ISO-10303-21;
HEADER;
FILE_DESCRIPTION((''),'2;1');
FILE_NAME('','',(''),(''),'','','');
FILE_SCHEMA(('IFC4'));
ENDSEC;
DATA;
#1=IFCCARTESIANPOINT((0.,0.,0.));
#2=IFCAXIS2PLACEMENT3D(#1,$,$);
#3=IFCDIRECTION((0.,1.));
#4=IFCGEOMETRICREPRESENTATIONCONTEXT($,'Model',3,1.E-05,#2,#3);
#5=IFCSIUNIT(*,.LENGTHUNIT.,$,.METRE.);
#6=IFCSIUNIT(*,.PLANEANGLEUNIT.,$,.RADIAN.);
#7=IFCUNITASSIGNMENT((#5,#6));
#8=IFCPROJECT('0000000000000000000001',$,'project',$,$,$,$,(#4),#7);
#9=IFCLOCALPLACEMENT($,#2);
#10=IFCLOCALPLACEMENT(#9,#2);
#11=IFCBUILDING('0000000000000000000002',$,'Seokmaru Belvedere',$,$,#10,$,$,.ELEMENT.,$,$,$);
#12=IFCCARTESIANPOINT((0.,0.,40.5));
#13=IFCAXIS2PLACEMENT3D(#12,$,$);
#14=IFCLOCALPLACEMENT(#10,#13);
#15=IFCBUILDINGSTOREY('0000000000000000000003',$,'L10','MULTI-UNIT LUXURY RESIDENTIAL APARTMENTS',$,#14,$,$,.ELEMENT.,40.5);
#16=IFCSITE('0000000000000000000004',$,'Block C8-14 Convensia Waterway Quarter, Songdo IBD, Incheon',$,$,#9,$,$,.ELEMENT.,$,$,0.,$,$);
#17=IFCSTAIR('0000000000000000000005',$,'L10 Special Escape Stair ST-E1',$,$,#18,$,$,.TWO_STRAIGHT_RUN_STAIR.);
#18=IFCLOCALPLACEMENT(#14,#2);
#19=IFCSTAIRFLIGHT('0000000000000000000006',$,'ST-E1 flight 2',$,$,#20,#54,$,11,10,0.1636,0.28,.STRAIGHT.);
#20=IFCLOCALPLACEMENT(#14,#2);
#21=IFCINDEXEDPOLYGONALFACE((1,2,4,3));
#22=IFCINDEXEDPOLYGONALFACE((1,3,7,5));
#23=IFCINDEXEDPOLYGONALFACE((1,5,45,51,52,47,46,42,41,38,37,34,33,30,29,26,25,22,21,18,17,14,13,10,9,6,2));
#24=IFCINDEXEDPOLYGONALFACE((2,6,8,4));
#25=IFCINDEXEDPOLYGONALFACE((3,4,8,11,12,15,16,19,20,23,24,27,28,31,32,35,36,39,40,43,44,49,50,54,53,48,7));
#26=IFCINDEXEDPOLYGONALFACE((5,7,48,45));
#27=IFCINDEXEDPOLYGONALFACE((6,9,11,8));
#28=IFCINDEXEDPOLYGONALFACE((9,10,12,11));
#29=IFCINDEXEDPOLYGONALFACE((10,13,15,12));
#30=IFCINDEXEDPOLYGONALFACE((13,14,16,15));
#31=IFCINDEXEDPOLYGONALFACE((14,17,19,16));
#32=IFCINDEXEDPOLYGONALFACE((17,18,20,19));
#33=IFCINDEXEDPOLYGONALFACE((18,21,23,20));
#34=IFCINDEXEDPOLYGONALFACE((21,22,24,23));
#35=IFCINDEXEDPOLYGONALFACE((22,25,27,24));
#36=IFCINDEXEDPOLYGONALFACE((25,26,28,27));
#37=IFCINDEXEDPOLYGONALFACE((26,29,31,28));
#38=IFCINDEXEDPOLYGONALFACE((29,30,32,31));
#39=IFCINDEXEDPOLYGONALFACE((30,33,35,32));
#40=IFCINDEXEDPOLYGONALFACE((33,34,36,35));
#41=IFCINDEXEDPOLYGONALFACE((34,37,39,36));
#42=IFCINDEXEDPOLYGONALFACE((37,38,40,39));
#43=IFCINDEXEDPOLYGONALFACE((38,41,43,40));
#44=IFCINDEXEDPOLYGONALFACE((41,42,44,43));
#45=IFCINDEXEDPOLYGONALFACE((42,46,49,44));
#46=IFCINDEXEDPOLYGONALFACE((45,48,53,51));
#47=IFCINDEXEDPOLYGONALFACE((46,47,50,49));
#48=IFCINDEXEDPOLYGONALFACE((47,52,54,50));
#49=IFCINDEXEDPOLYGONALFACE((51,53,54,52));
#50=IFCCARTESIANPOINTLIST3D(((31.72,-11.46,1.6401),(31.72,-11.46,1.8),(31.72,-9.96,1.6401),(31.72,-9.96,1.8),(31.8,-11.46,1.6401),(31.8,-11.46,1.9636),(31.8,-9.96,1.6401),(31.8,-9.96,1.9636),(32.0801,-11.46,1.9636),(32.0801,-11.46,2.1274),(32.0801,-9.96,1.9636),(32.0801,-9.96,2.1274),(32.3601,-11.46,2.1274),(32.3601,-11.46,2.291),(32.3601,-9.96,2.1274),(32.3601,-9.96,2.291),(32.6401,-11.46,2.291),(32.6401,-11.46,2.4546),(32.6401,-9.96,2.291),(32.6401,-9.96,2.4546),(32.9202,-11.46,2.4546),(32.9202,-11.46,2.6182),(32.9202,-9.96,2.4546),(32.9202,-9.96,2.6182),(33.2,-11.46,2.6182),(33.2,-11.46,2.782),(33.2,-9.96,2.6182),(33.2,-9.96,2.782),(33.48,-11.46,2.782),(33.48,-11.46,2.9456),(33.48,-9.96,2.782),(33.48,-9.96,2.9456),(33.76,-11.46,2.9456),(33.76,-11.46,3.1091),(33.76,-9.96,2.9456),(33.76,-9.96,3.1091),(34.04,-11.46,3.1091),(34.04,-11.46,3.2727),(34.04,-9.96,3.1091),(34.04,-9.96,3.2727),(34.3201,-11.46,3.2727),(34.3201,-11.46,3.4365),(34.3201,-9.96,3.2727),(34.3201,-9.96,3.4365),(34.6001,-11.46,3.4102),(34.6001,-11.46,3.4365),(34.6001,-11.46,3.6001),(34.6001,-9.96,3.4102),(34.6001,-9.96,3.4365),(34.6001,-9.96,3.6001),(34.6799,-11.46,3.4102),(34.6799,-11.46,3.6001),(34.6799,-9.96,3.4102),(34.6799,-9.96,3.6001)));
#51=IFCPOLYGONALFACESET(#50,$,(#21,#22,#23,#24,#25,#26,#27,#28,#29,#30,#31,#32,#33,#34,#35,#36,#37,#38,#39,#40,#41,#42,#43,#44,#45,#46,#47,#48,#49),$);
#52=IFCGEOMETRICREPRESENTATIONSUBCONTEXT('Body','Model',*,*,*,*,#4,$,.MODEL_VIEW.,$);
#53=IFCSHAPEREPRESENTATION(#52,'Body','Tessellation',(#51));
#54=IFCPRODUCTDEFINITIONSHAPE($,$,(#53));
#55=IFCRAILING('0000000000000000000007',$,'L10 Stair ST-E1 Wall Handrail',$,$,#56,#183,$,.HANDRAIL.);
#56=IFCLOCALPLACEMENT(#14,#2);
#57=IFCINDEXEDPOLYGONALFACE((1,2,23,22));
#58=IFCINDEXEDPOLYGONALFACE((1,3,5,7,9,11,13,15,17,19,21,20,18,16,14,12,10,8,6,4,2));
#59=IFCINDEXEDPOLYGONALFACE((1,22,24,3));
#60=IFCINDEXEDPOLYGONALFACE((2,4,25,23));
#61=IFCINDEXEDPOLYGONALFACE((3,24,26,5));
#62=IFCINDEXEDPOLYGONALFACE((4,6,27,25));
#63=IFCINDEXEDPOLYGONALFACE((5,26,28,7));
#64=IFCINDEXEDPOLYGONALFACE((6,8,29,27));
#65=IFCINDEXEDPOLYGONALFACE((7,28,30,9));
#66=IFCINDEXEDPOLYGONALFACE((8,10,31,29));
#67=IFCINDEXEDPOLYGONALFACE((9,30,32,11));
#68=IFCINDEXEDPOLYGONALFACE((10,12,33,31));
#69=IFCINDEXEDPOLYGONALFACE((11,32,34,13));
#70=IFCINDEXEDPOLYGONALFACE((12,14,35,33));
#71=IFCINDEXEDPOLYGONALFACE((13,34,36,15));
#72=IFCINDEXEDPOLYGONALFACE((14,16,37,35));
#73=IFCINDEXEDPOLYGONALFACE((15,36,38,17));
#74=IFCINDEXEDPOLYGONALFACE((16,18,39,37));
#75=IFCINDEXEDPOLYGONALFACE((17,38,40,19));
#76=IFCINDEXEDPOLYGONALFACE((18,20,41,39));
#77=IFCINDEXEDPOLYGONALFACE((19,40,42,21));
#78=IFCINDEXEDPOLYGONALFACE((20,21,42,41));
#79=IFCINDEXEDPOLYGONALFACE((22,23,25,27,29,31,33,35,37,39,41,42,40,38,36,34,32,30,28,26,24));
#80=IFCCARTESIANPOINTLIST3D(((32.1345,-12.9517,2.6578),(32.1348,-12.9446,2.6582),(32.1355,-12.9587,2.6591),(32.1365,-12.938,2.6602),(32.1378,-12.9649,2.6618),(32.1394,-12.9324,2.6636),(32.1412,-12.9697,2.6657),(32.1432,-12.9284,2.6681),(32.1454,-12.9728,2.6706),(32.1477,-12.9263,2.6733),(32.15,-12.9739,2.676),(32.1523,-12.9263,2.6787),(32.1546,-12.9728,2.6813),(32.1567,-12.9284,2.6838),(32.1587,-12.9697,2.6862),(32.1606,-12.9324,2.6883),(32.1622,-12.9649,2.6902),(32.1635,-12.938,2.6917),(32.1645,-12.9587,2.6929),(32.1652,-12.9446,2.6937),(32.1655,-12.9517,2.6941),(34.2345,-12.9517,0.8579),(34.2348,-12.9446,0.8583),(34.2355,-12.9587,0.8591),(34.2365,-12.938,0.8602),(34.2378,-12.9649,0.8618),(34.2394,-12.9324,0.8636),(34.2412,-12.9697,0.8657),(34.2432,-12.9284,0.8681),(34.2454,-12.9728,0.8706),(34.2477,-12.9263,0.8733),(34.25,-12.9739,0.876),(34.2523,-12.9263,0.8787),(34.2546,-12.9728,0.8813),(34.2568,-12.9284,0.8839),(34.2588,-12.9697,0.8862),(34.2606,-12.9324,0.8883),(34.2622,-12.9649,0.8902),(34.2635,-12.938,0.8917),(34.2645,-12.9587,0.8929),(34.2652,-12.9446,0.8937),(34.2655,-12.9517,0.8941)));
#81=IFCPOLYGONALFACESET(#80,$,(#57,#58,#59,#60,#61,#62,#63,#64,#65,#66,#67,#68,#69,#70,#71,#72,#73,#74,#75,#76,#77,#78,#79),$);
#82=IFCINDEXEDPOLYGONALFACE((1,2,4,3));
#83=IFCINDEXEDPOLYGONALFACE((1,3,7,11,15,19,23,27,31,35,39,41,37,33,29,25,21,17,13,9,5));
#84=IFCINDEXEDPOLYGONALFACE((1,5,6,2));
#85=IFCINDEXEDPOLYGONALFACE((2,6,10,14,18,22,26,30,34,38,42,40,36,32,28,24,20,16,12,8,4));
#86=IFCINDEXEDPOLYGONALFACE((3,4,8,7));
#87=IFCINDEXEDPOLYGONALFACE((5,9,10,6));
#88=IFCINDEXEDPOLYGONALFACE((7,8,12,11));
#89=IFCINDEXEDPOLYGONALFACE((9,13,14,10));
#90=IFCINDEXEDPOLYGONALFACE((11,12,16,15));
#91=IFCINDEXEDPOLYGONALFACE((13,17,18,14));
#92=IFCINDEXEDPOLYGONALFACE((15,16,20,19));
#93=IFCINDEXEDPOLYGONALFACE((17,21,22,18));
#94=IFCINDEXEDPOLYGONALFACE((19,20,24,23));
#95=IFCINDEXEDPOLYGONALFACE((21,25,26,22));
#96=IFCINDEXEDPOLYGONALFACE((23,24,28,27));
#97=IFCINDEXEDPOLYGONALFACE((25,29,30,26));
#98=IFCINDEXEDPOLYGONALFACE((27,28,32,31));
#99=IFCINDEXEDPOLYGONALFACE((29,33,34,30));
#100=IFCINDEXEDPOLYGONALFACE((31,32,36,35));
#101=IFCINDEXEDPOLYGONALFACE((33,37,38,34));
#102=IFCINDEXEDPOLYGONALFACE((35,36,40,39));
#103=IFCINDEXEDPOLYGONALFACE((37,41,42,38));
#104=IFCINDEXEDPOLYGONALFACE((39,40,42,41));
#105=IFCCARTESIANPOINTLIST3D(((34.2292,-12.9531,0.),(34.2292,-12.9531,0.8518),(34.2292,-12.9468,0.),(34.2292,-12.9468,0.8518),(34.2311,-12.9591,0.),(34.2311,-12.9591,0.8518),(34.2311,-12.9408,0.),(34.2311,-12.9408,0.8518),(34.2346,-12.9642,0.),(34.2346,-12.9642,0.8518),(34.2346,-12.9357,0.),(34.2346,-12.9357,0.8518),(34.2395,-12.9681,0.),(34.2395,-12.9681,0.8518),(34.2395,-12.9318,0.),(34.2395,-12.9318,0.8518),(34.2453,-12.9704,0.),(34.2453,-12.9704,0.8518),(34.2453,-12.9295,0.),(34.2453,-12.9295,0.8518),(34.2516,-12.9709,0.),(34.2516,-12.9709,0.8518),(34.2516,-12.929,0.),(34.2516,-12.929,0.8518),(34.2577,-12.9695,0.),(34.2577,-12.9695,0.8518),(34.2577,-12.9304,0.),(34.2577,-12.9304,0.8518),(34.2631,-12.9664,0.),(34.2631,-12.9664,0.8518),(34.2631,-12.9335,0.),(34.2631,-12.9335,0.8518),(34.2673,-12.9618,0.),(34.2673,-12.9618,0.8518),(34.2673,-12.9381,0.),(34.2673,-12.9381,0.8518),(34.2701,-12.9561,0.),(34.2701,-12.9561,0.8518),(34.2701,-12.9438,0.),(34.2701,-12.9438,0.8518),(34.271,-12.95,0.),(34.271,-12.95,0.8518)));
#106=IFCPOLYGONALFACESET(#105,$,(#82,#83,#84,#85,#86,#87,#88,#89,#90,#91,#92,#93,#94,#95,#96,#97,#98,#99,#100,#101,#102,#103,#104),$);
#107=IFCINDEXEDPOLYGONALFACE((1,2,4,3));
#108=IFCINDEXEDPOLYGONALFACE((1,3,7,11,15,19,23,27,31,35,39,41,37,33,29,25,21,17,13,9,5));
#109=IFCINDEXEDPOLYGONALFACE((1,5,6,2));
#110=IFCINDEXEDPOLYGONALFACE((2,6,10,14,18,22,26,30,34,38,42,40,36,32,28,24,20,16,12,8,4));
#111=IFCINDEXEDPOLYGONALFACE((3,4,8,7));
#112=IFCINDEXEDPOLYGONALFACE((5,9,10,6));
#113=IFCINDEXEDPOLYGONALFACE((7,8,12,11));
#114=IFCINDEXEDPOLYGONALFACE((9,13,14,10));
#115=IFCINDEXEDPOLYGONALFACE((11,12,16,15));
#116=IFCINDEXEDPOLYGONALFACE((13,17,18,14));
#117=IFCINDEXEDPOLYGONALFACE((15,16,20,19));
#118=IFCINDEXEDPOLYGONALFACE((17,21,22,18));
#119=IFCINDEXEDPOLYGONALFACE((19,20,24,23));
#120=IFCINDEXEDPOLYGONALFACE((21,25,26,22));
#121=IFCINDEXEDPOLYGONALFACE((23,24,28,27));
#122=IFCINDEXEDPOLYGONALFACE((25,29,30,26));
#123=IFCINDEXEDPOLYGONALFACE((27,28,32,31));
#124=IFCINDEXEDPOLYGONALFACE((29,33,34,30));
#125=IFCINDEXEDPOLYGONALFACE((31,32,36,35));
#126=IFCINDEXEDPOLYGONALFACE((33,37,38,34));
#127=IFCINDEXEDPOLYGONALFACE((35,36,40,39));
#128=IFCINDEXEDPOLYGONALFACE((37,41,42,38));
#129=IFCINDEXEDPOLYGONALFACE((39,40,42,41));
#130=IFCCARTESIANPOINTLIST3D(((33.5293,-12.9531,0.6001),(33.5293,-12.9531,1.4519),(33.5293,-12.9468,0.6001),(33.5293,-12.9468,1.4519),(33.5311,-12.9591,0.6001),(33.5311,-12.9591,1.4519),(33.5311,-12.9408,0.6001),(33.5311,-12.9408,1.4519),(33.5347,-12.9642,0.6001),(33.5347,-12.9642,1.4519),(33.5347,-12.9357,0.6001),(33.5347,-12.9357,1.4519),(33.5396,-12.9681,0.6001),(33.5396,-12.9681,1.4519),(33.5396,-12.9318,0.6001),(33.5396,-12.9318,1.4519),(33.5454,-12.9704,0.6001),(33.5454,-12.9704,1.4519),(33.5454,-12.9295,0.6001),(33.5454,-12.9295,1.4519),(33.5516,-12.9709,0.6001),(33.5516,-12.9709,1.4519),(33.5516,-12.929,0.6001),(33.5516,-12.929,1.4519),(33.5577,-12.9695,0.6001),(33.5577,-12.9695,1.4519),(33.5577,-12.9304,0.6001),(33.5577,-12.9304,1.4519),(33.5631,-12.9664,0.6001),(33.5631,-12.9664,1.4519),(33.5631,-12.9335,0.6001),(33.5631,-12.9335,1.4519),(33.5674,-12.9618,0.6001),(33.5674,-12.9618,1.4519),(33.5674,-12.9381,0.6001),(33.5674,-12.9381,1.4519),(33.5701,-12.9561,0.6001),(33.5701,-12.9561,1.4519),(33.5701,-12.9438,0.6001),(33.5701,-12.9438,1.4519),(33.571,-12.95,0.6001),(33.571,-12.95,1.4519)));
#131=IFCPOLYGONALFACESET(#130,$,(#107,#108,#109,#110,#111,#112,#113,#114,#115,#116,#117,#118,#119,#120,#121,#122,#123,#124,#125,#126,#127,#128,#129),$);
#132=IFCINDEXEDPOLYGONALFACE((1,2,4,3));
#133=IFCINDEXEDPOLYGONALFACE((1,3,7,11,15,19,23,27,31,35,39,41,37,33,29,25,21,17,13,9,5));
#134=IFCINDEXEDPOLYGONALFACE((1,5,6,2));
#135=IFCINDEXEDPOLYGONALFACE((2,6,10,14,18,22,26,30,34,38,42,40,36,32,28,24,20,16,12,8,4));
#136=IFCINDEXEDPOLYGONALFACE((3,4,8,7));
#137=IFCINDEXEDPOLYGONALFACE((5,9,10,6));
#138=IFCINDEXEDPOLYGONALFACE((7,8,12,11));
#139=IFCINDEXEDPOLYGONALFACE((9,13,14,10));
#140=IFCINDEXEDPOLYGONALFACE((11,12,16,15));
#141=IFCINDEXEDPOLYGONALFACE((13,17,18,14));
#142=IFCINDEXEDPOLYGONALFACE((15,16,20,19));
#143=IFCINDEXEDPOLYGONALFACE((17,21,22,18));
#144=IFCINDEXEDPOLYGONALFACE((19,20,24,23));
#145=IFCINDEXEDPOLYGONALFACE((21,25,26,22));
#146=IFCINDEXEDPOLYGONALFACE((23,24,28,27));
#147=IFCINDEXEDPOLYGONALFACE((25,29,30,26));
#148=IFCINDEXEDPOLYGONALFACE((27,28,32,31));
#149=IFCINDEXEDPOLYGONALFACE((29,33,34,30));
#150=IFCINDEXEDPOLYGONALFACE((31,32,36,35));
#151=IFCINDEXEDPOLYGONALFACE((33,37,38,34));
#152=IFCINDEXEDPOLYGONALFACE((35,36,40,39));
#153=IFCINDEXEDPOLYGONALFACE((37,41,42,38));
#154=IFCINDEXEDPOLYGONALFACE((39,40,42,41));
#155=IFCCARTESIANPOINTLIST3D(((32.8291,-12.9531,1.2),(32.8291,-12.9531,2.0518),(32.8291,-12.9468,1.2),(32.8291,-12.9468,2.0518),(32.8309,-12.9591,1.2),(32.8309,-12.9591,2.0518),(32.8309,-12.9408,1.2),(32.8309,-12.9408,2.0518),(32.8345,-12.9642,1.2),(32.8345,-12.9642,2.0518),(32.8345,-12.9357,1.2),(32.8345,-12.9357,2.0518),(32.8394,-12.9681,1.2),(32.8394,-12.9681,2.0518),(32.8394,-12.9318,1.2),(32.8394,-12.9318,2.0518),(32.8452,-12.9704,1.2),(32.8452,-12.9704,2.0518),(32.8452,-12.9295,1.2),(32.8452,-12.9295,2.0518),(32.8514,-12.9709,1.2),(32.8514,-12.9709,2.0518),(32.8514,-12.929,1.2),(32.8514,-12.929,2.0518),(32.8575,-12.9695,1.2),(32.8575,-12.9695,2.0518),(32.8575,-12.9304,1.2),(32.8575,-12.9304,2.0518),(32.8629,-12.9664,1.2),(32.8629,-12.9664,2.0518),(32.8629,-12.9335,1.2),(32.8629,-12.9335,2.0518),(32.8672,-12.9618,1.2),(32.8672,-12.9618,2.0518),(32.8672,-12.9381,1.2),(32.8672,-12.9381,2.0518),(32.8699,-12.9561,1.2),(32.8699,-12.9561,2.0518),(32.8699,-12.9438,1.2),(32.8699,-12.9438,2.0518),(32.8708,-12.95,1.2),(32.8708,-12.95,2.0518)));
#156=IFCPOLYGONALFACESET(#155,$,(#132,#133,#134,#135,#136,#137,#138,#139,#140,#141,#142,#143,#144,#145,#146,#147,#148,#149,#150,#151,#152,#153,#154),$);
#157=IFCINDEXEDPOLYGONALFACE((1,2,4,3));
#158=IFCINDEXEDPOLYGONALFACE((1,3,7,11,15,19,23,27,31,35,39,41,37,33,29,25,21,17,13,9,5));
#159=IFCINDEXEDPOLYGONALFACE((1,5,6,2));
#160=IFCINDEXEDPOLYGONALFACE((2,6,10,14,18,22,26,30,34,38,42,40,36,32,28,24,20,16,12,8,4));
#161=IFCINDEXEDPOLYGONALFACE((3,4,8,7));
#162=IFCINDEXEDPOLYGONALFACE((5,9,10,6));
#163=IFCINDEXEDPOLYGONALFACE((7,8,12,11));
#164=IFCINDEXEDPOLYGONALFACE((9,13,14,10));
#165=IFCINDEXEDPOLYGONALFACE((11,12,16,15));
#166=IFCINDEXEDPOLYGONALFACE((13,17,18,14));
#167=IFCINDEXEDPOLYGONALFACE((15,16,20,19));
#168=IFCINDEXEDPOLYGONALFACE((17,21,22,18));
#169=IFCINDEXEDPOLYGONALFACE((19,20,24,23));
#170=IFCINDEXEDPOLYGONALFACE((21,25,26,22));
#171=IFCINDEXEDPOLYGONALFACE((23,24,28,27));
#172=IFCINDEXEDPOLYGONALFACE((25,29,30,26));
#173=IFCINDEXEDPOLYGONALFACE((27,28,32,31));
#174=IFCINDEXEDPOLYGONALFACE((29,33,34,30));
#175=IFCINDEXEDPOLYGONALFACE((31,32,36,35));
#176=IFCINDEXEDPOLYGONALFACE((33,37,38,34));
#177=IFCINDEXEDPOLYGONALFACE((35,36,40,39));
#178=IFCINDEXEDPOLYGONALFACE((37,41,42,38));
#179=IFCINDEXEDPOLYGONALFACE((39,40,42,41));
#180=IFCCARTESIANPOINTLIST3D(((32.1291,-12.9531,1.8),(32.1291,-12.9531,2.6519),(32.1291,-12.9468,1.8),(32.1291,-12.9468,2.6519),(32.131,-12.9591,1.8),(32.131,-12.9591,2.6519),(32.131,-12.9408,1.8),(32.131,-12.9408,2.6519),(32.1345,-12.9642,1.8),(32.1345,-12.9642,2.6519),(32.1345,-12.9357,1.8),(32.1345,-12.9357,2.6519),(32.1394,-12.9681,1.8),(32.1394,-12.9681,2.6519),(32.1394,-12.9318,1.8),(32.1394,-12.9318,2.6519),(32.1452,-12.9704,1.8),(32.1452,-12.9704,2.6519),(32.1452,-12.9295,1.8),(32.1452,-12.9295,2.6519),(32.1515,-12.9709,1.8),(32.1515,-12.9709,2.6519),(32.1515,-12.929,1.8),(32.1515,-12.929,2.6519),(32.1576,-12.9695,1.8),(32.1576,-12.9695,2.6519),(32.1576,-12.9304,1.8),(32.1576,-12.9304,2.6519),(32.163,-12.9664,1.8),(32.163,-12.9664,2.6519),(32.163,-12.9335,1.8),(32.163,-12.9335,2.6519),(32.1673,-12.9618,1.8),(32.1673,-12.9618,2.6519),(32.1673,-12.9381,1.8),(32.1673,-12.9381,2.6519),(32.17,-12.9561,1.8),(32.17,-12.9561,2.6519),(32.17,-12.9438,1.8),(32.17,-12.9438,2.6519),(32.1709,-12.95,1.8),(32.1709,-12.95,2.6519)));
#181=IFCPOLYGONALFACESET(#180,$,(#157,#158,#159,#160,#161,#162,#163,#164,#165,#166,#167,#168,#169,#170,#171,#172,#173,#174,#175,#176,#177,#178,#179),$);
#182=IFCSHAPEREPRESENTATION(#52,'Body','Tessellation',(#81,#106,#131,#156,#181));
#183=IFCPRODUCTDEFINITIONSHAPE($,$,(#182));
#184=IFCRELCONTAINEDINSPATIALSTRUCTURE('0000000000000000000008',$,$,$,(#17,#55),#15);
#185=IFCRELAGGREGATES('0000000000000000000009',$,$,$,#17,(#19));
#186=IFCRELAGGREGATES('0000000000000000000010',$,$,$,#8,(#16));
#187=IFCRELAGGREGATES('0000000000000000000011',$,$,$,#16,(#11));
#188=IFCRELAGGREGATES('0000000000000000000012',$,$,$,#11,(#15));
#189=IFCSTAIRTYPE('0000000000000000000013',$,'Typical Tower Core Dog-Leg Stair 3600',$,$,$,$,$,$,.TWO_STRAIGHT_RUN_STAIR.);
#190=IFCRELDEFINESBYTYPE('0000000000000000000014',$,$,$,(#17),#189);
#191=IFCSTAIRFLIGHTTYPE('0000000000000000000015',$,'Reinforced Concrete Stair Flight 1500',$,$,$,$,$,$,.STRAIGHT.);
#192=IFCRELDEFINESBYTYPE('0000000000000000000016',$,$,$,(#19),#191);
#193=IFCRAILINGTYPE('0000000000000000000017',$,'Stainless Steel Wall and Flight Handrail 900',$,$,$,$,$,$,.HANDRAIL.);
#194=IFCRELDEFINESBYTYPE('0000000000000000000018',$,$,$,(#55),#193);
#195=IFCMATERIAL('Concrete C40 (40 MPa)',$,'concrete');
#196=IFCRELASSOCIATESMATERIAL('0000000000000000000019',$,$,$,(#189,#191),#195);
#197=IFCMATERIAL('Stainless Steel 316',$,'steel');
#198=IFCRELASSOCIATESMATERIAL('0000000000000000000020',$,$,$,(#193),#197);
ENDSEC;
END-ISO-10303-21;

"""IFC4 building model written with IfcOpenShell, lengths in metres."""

from ifc_helpers import new_model, si_unit, direction, frame, origin, origin_2d, place, context, subcontext, project, spatial, polyline, circle, outline, extrude, material, type_object, element, aggregate, save


model = new_model("IFC4")

# Units and contexts
model_context = context("Model", 3, precision=1e-05, world=origin(), true_north=direction((0.0, 1.0)))
body_context = subcontext(model_context, "Body", "Model", "MODEL_VIEW")
ifc_project = project(units=[si_unit("LENGTHUNIT", "METRE"), si_unit("PLANEANGLEUNIT", "RADIAN")], contexts=[model_context])

# Site, building, storey
site_placement = place(None, origin())
site = spatial("IfcSite", under=ifc_project, at=site_placement, Name="Block C8-14 Convensia Waterway Quarter, Songdo IBD, Incheon", CompositionType="ELEMENT", RefElevation=0.0)
building_placement = place(site_placement, origin())
building = spatial("IfcBuilding", under=site, at=building_placement, Name="Seokmaru Belvedere", CompositionType="ELEMENT")
storey_placement = place(building_placement, frame((0.0, 0.0, 40.5)))
storey = spatial("IfcBuildingStorey", under=building, at=storey_placement, Name="L10", Description="MULTI-UNIT LUXURY RESIDENTIAL APARTMENTS", CompositionType="ELEMENT", Elevation=40.5)

# Shared definitions
ifc_material_1 = material(Name="Stainless Steel 316", Category="steel")

# Stair, stair flight
ifc_material_2 = material(Name="Concrete C40 (40 MPa)", Category="concrete")
stair_type = type_object("IfcStairType", Name="Typical Tower Core Dog-Leg Stair 3600", PredefinedType="TWO_STRAIGHT_RUN_STAIR", material=ifc_material_2)
stair_placement = place(storey_placement, origin())
stair = element("IfcStair", 1, at=stair_placement, inside=storey, type_object=stair_type, Name="L10 Special Escape Stair ST-E1", PredefinedType="TWO_STRAIGHT_RUN_STAIR")
stair_flight_type = type_object("IfcStairFlightType", Name="Reinforced Concrete Stair Flight 1500", PredefinedType="STRAIGHT", material=ifc_material_2)
stair_flight_1_placement = place(storey_placement, frame((31.8, -10.71, 1.8), z_axis=(0.0, 0.0, 1.0), x_axis=(1.0, 0.0, 0.0)))
stair_flight_1 = element("IfcStairFlight", 2, at=stair_flight_1_placement, type_object=stair_flight_type, Name="ST-E1 flight 2", NumberOfRisers=11, NumberOfTreads=10, PredefinedType="STRAIGHT", RiserHeight=0.1636, TreadLength=0.28, context=body_context, shape_type="SweptSolid", body=[
    extrude(outline(polyline([(-0.0801, 0.0), (0.0, 0.1636), (0.28, 0.1636), (0.28, 0.3274), (0.5601, 0.3274), (0.5601, 0.491), (0.8401, 0.491), (0.8401, 0.6545), (1.1201, 0.6545), (1.1201, 0.8181), (1.3999, 0.8181), (1.3999, 0.9819), (1.6799, 0.9819), (1.6799, 1.1455), (1.96, 1.1455), (1.96, 1.3091), (2.24, 1.3091), (2.24, 1.4727), (2.52, 1.4727), (2.52, 1.6365), (2.8, 1.6365), (2.8, 1.8), (2.8799, 1.8), (2.8799, 1.6101), (2.8, 1.6101), (0.0, -0.1599), (-0.0801, -0.1599), (-0.0801, 0.0)])), frame((0.0, 0.75, 0.0), z_axis=(0.0, -1.0, 0.0), x_axis=(1.0, 0.0, 0.0)), (0.0, 0.0, 1.0), 1.5),
])
aggregate(stair, [stair_flight_1])

# Railing
railing_type_1 = type_object("IfcRailingType", Name="Stainless Steel Wall and Flight Handrail 900", PredefinedType="HANDRAIL", material=ifc_material_1)
railing_1_placement = place(storey_placement, frame((34.25, -12.95, 0.0)))
element("IfcRailing", 3, at=railing_1_placement, inside=storey, type_object=railing_type_1, Name="L10 Stair ST-E1 Wall Handrail", PredefinedType="HANDRAIL", context=body_context, shape_type="SweptSolid", body=[
    extrude(circle(Radius=0.0239, at=origin_2d()), frame((0.0, 0.0, 0.876), z_axis=(-0.759263, 0.0, 0.650784), x_axis=(0.0, -1.0, 0.0)), (0.0, 0.0, 1.0), 2.7659),
    extrude(circle(Radius=0.021, at=origin_2d()), origin(), (0.0, 0.0, 1.0), 0.8518),
    extrude(circle(Radius=0.021, at=origin_2d()), frame((-0.7, 0.0, 0.6001)), (0.0, 0.0, 1.0), 0.8518),
    extrude(circle(Radius=0.021, at=origin_2d()), frame((-1.4001, 0.0, 1.2)), (0.0, 0.0, 1.0), 0.8518),
    extrude(circle(Radius=0.021, at=origin_2d()), frame((-2.1001, 0.0, 1.8)), (0.0, 0.0, 1.0), 0.8518),
])

save(model, "model.ifc")
